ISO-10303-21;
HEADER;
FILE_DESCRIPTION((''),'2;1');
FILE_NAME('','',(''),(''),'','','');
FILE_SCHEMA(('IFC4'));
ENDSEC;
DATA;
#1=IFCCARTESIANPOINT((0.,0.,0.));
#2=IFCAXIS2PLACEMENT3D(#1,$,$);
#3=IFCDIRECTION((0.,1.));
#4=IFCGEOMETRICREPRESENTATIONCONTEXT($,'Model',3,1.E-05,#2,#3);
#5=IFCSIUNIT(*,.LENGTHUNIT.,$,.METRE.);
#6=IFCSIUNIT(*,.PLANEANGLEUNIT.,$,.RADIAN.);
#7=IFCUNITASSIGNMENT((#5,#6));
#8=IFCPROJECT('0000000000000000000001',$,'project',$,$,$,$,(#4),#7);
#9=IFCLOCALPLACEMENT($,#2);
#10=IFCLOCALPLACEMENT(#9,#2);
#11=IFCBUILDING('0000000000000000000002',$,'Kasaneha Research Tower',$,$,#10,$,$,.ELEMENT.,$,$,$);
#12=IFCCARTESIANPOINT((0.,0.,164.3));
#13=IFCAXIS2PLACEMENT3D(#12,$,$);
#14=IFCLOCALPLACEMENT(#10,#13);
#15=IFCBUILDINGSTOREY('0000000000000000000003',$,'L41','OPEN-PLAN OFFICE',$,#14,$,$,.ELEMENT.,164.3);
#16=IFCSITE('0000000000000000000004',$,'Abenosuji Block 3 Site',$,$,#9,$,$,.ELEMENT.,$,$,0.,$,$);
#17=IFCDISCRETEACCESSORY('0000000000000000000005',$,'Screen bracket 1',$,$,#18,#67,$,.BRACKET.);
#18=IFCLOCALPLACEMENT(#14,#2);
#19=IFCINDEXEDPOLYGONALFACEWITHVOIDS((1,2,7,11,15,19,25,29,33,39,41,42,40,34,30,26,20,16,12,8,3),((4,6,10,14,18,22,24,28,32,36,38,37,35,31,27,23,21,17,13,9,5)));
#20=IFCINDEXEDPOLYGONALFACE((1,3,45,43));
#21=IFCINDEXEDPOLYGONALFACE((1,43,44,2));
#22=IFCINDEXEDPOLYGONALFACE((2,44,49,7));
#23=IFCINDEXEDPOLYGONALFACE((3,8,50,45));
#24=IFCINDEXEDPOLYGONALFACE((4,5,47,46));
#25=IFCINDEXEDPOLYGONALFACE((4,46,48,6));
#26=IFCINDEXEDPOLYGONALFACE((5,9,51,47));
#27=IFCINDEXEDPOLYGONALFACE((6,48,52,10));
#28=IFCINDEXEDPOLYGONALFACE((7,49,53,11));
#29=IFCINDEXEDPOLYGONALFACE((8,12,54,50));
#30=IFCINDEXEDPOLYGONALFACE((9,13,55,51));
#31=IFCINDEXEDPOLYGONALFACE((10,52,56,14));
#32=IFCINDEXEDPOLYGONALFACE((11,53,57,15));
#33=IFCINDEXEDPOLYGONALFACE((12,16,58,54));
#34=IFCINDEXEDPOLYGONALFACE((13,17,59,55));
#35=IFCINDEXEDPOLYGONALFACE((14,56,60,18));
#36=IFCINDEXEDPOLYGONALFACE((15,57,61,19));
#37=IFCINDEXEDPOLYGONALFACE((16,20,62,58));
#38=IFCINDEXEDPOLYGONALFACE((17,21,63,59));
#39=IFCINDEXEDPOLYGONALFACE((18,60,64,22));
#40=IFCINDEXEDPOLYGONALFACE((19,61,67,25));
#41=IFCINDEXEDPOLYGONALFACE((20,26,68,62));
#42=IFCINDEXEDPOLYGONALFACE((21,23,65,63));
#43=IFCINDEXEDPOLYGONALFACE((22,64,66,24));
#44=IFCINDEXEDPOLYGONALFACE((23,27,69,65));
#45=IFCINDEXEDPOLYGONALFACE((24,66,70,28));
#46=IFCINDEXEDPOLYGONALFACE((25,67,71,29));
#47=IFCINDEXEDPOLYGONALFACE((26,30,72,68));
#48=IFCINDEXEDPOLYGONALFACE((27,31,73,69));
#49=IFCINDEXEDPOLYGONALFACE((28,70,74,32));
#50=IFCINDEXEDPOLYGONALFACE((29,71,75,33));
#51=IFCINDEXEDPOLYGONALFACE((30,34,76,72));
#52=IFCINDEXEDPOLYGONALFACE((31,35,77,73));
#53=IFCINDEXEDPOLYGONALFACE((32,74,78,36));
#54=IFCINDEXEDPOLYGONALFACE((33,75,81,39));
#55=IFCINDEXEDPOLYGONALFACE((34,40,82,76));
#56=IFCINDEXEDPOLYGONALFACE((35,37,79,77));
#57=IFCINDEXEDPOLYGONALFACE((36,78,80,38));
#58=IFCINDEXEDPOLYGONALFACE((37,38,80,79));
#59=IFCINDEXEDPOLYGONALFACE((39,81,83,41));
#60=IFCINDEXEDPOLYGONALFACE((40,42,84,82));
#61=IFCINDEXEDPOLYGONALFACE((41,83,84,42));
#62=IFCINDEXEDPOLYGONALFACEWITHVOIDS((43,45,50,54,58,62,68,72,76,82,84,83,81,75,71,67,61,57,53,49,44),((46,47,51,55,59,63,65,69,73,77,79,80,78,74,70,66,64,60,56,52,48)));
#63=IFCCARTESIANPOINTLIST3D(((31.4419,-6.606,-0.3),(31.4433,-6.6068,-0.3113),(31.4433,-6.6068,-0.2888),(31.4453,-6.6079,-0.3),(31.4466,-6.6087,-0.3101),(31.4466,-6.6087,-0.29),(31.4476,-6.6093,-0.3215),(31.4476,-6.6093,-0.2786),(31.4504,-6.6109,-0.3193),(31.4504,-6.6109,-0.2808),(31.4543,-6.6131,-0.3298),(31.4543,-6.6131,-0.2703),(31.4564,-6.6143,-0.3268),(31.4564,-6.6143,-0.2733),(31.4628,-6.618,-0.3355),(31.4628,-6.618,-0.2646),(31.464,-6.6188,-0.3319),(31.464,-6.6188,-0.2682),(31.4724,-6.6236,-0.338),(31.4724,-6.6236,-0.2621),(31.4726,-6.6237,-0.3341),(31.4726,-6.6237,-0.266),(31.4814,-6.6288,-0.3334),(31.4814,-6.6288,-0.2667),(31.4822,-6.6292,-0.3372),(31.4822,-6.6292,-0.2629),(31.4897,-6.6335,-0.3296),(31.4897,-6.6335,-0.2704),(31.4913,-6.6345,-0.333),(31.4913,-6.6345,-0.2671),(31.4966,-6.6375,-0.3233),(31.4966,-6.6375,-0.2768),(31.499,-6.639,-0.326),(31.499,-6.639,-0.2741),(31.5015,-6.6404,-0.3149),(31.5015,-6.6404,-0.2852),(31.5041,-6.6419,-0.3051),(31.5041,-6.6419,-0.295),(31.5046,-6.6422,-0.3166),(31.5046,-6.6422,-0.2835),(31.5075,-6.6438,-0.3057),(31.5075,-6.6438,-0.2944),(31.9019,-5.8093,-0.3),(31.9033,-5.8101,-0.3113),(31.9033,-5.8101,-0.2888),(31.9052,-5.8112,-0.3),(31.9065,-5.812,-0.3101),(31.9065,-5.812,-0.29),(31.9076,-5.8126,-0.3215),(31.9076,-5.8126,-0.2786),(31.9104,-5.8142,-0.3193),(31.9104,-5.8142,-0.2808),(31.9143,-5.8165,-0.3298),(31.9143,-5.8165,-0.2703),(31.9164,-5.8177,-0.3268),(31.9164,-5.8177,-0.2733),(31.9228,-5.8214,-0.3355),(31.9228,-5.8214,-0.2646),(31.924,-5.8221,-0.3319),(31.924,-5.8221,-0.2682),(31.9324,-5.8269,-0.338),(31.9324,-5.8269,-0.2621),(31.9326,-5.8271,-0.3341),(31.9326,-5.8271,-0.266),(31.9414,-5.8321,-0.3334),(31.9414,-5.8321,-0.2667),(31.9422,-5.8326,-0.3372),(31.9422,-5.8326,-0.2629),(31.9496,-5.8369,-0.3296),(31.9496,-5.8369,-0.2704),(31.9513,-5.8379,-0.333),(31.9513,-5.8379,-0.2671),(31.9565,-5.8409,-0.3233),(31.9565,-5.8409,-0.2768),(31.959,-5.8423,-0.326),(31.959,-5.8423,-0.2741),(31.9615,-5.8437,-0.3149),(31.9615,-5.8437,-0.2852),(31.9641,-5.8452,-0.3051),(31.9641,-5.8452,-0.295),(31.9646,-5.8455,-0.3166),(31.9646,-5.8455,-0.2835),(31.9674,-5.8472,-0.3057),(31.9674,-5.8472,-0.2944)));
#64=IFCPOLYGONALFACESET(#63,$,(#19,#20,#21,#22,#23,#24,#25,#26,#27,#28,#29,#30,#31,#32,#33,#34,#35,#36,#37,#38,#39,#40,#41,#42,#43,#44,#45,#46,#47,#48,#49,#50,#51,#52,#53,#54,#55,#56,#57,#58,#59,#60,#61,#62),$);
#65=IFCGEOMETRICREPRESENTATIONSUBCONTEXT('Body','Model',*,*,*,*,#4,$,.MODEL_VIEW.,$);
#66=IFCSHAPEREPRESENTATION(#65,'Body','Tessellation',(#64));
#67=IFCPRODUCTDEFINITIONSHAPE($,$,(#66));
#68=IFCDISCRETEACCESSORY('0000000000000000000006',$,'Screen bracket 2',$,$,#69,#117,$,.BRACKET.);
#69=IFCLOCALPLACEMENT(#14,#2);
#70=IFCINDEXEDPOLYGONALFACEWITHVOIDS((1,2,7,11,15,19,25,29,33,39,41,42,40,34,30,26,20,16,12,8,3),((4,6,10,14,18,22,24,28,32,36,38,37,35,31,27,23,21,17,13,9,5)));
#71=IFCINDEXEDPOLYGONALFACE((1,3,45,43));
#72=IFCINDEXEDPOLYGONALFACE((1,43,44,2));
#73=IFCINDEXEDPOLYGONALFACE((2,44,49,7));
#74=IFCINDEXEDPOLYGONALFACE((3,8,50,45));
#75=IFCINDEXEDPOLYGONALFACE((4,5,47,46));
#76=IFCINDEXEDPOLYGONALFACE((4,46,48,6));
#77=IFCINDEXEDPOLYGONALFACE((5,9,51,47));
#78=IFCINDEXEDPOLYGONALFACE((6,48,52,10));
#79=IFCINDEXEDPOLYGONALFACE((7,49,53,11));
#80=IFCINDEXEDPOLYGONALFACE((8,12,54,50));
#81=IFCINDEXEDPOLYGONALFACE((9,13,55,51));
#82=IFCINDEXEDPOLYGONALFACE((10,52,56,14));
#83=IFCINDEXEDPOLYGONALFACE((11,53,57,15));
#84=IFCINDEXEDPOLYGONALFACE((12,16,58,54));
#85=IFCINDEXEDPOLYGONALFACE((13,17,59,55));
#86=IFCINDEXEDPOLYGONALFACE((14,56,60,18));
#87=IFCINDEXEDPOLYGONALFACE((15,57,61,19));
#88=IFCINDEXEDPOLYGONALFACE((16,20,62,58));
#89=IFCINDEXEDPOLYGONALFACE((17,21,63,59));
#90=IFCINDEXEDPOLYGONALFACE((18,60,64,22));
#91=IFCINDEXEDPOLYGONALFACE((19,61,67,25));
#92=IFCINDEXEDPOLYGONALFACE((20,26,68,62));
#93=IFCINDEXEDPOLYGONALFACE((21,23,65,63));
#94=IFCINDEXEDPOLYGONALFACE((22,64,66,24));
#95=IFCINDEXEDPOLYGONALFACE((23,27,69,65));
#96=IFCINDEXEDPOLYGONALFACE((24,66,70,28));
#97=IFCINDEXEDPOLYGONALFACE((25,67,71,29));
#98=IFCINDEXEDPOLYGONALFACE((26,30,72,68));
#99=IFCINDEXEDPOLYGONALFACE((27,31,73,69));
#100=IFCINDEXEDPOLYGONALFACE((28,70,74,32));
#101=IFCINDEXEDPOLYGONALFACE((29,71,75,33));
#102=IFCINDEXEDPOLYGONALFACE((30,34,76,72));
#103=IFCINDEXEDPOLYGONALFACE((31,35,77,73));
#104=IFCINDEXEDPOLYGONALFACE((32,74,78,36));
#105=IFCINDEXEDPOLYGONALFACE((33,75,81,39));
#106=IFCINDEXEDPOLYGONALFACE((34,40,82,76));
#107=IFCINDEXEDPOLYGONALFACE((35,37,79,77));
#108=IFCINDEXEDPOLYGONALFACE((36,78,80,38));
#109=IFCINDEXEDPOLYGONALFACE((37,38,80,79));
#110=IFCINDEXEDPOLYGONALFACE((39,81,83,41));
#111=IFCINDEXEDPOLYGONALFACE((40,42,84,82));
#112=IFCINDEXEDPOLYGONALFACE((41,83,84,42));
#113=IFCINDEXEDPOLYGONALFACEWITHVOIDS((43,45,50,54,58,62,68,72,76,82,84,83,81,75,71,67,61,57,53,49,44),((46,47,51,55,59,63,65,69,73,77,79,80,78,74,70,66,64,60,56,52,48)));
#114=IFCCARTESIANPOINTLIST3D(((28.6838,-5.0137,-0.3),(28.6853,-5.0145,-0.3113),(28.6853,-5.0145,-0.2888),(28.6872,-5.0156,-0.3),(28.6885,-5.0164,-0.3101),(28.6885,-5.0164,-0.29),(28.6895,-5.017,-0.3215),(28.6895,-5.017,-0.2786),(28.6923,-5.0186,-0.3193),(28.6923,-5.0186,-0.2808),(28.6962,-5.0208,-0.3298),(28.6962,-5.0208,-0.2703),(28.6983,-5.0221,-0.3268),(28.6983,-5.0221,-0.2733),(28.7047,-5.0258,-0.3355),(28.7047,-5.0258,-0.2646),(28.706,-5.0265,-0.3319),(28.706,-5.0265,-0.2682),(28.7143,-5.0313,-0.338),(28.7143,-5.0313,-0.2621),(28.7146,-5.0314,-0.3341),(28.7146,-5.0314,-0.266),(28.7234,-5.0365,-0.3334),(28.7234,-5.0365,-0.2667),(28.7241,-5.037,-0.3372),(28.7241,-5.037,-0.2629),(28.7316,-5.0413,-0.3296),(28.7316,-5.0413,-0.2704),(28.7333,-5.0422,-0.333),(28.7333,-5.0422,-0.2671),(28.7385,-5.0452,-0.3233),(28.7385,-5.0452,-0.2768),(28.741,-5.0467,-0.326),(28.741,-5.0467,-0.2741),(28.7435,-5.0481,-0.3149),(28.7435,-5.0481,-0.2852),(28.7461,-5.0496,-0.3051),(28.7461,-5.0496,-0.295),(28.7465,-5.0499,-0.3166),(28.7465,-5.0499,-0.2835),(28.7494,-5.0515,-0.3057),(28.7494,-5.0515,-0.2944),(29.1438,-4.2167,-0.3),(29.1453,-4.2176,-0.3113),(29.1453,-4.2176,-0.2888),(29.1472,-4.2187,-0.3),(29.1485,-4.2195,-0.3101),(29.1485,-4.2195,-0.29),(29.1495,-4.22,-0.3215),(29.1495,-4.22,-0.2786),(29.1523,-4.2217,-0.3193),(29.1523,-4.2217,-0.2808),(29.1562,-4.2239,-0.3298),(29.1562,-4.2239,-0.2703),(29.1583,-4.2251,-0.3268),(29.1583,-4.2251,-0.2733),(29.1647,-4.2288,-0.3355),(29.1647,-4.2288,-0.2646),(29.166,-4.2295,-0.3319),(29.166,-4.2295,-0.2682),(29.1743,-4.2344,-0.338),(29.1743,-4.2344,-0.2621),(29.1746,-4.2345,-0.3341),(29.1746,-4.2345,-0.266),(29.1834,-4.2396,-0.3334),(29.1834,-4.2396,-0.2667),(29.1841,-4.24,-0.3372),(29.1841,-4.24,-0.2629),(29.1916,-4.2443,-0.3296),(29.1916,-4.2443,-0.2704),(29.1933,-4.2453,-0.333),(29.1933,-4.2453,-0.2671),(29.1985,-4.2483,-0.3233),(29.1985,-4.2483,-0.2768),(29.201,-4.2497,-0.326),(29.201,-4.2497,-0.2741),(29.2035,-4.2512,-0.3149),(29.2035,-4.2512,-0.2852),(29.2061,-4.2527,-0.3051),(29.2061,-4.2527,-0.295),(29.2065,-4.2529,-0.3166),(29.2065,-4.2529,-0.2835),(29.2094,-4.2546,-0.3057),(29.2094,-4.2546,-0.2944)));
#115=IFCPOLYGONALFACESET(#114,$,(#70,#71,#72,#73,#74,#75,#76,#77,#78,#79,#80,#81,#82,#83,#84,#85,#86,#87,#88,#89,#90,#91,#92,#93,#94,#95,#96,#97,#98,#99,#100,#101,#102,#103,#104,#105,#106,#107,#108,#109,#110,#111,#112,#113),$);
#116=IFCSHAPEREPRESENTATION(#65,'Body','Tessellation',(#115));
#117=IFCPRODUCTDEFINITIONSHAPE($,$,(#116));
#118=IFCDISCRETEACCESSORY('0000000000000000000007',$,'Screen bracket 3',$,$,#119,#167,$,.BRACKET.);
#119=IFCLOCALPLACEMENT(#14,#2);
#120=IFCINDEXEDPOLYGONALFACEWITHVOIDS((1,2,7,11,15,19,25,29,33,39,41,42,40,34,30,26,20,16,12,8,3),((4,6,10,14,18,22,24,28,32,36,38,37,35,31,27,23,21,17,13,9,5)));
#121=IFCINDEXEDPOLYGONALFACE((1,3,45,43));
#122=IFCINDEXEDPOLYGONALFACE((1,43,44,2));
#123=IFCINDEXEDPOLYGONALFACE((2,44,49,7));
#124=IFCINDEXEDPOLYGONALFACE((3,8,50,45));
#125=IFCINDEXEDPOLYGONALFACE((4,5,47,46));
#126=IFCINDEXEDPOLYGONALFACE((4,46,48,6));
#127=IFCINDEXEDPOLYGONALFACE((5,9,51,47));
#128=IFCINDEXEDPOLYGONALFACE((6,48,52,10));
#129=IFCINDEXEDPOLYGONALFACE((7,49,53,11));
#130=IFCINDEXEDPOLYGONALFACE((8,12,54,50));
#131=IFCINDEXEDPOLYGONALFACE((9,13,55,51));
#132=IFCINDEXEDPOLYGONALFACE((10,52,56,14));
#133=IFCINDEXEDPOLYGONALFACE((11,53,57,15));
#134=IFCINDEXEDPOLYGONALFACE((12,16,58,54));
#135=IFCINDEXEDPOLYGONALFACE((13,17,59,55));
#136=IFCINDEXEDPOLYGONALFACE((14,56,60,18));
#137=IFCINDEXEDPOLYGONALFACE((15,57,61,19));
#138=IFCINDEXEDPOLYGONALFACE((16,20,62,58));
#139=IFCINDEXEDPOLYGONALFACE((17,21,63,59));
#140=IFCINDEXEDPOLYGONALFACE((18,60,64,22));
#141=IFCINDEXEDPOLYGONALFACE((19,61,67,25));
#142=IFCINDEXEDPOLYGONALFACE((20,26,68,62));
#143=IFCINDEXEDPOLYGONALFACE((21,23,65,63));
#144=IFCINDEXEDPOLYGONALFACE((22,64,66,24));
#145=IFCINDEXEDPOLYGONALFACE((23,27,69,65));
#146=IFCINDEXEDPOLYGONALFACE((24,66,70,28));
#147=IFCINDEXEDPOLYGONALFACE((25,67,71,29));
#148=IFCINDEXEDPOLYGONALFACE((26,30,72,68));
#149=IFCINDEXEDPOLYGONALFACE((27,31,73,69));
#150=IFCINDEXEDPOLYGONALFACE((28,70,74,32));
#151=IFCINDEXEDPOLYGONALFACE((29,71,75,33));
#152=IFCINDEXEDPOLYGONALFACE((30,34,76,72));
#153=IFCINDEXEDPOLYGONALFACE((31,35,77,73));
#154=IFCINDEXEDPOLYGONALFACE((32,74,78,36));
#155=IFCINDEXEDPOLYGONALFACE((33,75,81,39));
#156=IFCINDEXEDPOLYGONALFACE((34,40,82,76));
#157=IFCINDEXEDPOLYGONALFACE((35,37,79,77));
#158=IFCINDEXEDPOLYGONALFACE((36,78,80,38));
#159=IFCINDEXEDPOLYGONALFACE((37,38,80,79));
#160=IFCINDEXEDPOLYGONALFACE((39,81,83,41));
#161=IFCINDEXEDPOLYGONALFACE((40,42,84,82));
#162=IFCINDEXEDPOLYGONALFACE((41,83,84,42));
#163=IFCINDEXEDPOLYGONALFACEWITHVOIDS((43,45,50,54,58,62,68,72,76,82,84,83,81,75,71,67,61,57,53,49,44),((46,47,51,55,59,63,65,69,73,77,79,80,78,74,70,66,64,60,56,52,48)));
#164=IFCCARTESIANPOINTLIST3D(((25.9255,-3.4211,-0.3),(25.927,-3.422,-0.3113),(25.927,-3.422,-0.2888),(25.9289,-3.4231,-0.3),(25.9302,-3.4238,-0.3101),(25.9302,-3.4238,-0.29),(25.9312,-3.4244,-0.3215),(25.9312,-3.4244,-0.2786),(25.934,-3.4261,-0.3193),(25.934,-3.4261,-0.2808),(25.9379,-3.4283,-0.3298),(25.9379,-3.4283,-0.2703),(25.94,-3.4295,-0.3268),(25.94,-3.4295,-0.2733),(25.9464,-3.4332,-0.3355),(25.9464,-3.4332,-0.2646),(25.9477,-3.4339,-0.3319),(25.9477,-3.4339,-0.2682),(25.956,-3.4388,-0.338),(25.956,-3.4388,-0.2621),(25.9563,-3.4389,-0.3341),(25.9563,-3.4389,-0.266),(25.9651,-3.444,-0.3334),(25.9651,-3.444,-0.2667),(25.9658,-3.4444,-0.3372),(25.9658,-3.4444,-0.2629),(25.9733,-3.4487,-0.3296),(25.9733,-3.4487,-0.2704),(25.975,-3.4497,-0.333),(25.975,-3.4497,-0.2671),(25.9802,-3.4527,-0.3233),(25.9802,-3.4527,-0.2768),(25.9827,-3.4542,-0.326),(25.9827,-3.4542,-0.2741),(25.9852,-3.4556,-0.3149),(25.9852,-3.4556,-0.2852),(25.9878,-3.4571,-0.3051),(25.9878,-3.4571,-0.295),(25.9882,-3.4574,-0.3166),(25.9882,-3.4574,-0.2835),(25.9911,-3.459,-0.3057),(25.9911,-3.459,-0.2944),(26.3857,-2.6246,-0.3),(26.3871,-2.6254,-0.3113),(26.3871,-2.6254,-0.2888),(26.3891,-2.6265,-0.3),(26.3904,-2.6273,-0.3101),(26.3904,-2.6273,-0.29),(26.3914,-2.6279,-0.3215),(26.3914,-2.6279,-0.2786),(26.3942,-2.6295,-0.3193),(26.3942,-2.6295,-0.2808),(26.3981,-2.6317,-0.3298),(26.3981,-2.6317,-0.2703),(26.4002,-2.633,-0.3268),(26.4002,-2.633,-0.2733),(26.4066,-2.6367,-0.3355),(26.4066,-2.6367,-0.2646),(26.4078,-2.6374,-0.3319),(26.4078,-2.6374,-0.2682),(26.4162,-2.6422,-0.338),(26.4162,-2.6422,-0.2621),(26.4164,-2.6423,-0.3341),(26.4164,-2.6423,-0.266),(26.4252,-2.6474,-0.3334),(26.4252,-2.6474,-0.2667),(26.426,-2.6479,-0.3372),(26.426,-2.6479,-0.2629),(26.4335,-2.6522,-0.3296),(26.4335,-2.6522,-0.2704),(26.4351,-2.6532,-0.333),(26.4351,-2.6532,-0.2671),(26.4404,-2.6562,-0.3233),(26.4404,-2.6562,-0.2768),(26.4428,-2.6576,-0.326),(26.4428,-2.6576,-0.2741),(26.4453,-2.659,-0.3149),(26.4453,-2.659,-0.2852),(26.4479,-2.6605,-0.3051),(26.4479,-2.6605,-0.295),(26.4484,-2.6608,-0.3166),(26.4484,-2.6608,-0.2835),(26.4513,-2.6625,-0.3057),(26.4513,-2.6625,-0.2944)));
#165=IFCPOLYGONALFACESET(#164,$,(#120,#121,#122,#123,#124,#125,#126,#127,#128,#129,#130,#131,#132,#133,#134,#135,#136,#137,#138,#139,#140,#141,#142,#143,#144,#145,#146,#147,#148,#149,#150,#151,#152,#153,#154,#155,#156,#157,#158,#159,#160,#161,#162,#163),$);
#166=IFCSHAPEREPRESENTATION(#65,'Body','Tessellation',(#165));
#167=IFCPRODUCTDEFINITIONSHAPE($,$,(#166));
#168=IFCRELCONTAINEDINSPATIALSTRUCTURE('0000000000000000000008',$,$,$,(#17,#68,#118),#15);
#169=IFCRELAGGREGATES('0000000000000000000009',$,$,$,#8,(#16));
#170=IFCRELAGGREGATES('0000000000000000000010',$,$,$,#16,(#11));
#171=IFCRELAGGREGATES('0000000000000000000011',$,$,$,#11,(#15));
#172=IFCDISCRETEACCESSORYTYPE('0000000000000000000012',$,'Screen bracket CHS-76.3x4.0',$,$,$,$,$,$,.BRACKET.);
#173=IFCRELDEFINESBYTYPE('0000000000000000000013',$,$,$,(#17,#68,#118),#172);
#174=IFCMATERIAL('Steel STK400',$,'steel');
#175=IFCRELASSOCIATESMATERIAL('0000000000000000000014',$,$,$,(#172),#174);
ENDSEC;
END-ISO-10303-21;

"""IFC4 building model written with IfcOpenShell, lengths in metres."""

from ifc_helpers import new_model, si_unit, direction, frame, origin, origin_2d, place, context, subcontext, project, spatial, hollow_circle, extrude, material, material_profile, profile_set, type_object, element, save


model = new_model("IFC4")

# Units and contexts
model_context = context("Model", 3, precision=1e-05, world=origin(), true_north=direction((0.0, 1.0)))
body_context = subcontext(model_context, "Body", "Model", "MODEL_VIEW")
ifc_project = project(units=[si_unit("LENGTHUNIT", "METRE"), si_unit("PLANEANGLEUNIT", "RADIAN")], contexts=[model_context])

# Site, building, storey
site_placement = place(None, origin())
site = spatial("IfcSite", under=ifc_project, at=site_placement, Name="Abenosuji Block 3 Site", CompositionType="ELEMENT", RefElevation=0.0)
building_placement = place(site_placement, origin())
building = spatial("IfcBuilding", under=site, at=building_placement, Name="Kasaneha Research Tower", CompositionType="ELEMENT")
storey_placement = place(building_placement, frame((0.0, 0.0, 164.3)))
storey = spatial("IfcBuildingStorey", under=building, at=storey_placement, Name="L41", Description="OPEN-PLAN OFFICE", CompositionType="ELEMENT", Elevation=164.3)

# Discrete accessories
ifc_material_1 = material(Name="Steel STK400", Category="steel")
ifc_material_profile_1 = material_profile(ifc_material_1, hollow_circle(Radius=0.0381, WallThickness=0.0039, at=origin_2d()), Name="CHS-76.3x4.0")
ifc_profile_set_1 = profile_set([ifc_material_profile_1], Name="Steel STK400")
discrete_accessory_type = type_object("IfcDiscreteAccessoryType", Name="Screen bracket CHS-76.3x4.0", PredefinedType="BRACKET", material=ifc_profile_set_1)
discrete_accessory_1_placement = place(storey_placement, frame((31.4749, -6.625, -0.3), z_axis=(0.500021, 0.866013, 0.0), x_axis=(-0.866013, 0.500021, 0.0)))
element("IfcDiscreteAccessory", 1, at=discrete_accessory_1_placement, inside=storey, type_object=discrete_accessory_type, Name="Screen bracket 1", PredefinedType="BRACKET", context=body_context, shape_type="SweptSolid", body=[
    extrude(hollow_circle(Radius=0.0381, WallThickness=0.0039, at=origin_2d()), origin(), (0.0, 0.0, 1.0), 0.9199),
])
discrete_accessory_2_placement = place(storey_placement, frame((28.7168, -5.0327, -0.3), z_axis=(0.499906, 0.86608, 0.0), x_axis=(-0.86608, 0.499906, 0.0)))
element("IfcDiscreteAccessory", 2, at=discrete_accessory_2_placement, inside=storey, type_object=discrete_accessory_type, Name="Screen bracket 2", PredefinedType="BRACKET", context=body_context, shape_type="SweptSolid", body=[
    extrude(hollow_circle(Radius=0.0381, WallThickness=0.0039, at=origin_2d()), origin(), (0.0, 0.0, 1.0), 0.9202),
])
discrete_accessory_3_placement = place(storey_placement, frame((25.9585, -3.4402, -0.3), z_axis=(0.50022, 0.865898, 0.0), x_axis=(-0.865898, 0.50022, 0.0)))
element("IfcDiscreteAccessory", 3, at=discrete_accessory_3_placement, inside=storey, type_object=discrete_accessory_type, Name="Screen bracket 3", PredefinedType="BRACKET", context=body_context, shape_type="SweptSolid", body=[
    extrude(hollow_circle(Radius=0.0381, WallThickness=0.0039, at=origin_2d()), origin(), (0.0, 0.0, 1.0), 0.9199),
])

save(model, "model.ifc")
